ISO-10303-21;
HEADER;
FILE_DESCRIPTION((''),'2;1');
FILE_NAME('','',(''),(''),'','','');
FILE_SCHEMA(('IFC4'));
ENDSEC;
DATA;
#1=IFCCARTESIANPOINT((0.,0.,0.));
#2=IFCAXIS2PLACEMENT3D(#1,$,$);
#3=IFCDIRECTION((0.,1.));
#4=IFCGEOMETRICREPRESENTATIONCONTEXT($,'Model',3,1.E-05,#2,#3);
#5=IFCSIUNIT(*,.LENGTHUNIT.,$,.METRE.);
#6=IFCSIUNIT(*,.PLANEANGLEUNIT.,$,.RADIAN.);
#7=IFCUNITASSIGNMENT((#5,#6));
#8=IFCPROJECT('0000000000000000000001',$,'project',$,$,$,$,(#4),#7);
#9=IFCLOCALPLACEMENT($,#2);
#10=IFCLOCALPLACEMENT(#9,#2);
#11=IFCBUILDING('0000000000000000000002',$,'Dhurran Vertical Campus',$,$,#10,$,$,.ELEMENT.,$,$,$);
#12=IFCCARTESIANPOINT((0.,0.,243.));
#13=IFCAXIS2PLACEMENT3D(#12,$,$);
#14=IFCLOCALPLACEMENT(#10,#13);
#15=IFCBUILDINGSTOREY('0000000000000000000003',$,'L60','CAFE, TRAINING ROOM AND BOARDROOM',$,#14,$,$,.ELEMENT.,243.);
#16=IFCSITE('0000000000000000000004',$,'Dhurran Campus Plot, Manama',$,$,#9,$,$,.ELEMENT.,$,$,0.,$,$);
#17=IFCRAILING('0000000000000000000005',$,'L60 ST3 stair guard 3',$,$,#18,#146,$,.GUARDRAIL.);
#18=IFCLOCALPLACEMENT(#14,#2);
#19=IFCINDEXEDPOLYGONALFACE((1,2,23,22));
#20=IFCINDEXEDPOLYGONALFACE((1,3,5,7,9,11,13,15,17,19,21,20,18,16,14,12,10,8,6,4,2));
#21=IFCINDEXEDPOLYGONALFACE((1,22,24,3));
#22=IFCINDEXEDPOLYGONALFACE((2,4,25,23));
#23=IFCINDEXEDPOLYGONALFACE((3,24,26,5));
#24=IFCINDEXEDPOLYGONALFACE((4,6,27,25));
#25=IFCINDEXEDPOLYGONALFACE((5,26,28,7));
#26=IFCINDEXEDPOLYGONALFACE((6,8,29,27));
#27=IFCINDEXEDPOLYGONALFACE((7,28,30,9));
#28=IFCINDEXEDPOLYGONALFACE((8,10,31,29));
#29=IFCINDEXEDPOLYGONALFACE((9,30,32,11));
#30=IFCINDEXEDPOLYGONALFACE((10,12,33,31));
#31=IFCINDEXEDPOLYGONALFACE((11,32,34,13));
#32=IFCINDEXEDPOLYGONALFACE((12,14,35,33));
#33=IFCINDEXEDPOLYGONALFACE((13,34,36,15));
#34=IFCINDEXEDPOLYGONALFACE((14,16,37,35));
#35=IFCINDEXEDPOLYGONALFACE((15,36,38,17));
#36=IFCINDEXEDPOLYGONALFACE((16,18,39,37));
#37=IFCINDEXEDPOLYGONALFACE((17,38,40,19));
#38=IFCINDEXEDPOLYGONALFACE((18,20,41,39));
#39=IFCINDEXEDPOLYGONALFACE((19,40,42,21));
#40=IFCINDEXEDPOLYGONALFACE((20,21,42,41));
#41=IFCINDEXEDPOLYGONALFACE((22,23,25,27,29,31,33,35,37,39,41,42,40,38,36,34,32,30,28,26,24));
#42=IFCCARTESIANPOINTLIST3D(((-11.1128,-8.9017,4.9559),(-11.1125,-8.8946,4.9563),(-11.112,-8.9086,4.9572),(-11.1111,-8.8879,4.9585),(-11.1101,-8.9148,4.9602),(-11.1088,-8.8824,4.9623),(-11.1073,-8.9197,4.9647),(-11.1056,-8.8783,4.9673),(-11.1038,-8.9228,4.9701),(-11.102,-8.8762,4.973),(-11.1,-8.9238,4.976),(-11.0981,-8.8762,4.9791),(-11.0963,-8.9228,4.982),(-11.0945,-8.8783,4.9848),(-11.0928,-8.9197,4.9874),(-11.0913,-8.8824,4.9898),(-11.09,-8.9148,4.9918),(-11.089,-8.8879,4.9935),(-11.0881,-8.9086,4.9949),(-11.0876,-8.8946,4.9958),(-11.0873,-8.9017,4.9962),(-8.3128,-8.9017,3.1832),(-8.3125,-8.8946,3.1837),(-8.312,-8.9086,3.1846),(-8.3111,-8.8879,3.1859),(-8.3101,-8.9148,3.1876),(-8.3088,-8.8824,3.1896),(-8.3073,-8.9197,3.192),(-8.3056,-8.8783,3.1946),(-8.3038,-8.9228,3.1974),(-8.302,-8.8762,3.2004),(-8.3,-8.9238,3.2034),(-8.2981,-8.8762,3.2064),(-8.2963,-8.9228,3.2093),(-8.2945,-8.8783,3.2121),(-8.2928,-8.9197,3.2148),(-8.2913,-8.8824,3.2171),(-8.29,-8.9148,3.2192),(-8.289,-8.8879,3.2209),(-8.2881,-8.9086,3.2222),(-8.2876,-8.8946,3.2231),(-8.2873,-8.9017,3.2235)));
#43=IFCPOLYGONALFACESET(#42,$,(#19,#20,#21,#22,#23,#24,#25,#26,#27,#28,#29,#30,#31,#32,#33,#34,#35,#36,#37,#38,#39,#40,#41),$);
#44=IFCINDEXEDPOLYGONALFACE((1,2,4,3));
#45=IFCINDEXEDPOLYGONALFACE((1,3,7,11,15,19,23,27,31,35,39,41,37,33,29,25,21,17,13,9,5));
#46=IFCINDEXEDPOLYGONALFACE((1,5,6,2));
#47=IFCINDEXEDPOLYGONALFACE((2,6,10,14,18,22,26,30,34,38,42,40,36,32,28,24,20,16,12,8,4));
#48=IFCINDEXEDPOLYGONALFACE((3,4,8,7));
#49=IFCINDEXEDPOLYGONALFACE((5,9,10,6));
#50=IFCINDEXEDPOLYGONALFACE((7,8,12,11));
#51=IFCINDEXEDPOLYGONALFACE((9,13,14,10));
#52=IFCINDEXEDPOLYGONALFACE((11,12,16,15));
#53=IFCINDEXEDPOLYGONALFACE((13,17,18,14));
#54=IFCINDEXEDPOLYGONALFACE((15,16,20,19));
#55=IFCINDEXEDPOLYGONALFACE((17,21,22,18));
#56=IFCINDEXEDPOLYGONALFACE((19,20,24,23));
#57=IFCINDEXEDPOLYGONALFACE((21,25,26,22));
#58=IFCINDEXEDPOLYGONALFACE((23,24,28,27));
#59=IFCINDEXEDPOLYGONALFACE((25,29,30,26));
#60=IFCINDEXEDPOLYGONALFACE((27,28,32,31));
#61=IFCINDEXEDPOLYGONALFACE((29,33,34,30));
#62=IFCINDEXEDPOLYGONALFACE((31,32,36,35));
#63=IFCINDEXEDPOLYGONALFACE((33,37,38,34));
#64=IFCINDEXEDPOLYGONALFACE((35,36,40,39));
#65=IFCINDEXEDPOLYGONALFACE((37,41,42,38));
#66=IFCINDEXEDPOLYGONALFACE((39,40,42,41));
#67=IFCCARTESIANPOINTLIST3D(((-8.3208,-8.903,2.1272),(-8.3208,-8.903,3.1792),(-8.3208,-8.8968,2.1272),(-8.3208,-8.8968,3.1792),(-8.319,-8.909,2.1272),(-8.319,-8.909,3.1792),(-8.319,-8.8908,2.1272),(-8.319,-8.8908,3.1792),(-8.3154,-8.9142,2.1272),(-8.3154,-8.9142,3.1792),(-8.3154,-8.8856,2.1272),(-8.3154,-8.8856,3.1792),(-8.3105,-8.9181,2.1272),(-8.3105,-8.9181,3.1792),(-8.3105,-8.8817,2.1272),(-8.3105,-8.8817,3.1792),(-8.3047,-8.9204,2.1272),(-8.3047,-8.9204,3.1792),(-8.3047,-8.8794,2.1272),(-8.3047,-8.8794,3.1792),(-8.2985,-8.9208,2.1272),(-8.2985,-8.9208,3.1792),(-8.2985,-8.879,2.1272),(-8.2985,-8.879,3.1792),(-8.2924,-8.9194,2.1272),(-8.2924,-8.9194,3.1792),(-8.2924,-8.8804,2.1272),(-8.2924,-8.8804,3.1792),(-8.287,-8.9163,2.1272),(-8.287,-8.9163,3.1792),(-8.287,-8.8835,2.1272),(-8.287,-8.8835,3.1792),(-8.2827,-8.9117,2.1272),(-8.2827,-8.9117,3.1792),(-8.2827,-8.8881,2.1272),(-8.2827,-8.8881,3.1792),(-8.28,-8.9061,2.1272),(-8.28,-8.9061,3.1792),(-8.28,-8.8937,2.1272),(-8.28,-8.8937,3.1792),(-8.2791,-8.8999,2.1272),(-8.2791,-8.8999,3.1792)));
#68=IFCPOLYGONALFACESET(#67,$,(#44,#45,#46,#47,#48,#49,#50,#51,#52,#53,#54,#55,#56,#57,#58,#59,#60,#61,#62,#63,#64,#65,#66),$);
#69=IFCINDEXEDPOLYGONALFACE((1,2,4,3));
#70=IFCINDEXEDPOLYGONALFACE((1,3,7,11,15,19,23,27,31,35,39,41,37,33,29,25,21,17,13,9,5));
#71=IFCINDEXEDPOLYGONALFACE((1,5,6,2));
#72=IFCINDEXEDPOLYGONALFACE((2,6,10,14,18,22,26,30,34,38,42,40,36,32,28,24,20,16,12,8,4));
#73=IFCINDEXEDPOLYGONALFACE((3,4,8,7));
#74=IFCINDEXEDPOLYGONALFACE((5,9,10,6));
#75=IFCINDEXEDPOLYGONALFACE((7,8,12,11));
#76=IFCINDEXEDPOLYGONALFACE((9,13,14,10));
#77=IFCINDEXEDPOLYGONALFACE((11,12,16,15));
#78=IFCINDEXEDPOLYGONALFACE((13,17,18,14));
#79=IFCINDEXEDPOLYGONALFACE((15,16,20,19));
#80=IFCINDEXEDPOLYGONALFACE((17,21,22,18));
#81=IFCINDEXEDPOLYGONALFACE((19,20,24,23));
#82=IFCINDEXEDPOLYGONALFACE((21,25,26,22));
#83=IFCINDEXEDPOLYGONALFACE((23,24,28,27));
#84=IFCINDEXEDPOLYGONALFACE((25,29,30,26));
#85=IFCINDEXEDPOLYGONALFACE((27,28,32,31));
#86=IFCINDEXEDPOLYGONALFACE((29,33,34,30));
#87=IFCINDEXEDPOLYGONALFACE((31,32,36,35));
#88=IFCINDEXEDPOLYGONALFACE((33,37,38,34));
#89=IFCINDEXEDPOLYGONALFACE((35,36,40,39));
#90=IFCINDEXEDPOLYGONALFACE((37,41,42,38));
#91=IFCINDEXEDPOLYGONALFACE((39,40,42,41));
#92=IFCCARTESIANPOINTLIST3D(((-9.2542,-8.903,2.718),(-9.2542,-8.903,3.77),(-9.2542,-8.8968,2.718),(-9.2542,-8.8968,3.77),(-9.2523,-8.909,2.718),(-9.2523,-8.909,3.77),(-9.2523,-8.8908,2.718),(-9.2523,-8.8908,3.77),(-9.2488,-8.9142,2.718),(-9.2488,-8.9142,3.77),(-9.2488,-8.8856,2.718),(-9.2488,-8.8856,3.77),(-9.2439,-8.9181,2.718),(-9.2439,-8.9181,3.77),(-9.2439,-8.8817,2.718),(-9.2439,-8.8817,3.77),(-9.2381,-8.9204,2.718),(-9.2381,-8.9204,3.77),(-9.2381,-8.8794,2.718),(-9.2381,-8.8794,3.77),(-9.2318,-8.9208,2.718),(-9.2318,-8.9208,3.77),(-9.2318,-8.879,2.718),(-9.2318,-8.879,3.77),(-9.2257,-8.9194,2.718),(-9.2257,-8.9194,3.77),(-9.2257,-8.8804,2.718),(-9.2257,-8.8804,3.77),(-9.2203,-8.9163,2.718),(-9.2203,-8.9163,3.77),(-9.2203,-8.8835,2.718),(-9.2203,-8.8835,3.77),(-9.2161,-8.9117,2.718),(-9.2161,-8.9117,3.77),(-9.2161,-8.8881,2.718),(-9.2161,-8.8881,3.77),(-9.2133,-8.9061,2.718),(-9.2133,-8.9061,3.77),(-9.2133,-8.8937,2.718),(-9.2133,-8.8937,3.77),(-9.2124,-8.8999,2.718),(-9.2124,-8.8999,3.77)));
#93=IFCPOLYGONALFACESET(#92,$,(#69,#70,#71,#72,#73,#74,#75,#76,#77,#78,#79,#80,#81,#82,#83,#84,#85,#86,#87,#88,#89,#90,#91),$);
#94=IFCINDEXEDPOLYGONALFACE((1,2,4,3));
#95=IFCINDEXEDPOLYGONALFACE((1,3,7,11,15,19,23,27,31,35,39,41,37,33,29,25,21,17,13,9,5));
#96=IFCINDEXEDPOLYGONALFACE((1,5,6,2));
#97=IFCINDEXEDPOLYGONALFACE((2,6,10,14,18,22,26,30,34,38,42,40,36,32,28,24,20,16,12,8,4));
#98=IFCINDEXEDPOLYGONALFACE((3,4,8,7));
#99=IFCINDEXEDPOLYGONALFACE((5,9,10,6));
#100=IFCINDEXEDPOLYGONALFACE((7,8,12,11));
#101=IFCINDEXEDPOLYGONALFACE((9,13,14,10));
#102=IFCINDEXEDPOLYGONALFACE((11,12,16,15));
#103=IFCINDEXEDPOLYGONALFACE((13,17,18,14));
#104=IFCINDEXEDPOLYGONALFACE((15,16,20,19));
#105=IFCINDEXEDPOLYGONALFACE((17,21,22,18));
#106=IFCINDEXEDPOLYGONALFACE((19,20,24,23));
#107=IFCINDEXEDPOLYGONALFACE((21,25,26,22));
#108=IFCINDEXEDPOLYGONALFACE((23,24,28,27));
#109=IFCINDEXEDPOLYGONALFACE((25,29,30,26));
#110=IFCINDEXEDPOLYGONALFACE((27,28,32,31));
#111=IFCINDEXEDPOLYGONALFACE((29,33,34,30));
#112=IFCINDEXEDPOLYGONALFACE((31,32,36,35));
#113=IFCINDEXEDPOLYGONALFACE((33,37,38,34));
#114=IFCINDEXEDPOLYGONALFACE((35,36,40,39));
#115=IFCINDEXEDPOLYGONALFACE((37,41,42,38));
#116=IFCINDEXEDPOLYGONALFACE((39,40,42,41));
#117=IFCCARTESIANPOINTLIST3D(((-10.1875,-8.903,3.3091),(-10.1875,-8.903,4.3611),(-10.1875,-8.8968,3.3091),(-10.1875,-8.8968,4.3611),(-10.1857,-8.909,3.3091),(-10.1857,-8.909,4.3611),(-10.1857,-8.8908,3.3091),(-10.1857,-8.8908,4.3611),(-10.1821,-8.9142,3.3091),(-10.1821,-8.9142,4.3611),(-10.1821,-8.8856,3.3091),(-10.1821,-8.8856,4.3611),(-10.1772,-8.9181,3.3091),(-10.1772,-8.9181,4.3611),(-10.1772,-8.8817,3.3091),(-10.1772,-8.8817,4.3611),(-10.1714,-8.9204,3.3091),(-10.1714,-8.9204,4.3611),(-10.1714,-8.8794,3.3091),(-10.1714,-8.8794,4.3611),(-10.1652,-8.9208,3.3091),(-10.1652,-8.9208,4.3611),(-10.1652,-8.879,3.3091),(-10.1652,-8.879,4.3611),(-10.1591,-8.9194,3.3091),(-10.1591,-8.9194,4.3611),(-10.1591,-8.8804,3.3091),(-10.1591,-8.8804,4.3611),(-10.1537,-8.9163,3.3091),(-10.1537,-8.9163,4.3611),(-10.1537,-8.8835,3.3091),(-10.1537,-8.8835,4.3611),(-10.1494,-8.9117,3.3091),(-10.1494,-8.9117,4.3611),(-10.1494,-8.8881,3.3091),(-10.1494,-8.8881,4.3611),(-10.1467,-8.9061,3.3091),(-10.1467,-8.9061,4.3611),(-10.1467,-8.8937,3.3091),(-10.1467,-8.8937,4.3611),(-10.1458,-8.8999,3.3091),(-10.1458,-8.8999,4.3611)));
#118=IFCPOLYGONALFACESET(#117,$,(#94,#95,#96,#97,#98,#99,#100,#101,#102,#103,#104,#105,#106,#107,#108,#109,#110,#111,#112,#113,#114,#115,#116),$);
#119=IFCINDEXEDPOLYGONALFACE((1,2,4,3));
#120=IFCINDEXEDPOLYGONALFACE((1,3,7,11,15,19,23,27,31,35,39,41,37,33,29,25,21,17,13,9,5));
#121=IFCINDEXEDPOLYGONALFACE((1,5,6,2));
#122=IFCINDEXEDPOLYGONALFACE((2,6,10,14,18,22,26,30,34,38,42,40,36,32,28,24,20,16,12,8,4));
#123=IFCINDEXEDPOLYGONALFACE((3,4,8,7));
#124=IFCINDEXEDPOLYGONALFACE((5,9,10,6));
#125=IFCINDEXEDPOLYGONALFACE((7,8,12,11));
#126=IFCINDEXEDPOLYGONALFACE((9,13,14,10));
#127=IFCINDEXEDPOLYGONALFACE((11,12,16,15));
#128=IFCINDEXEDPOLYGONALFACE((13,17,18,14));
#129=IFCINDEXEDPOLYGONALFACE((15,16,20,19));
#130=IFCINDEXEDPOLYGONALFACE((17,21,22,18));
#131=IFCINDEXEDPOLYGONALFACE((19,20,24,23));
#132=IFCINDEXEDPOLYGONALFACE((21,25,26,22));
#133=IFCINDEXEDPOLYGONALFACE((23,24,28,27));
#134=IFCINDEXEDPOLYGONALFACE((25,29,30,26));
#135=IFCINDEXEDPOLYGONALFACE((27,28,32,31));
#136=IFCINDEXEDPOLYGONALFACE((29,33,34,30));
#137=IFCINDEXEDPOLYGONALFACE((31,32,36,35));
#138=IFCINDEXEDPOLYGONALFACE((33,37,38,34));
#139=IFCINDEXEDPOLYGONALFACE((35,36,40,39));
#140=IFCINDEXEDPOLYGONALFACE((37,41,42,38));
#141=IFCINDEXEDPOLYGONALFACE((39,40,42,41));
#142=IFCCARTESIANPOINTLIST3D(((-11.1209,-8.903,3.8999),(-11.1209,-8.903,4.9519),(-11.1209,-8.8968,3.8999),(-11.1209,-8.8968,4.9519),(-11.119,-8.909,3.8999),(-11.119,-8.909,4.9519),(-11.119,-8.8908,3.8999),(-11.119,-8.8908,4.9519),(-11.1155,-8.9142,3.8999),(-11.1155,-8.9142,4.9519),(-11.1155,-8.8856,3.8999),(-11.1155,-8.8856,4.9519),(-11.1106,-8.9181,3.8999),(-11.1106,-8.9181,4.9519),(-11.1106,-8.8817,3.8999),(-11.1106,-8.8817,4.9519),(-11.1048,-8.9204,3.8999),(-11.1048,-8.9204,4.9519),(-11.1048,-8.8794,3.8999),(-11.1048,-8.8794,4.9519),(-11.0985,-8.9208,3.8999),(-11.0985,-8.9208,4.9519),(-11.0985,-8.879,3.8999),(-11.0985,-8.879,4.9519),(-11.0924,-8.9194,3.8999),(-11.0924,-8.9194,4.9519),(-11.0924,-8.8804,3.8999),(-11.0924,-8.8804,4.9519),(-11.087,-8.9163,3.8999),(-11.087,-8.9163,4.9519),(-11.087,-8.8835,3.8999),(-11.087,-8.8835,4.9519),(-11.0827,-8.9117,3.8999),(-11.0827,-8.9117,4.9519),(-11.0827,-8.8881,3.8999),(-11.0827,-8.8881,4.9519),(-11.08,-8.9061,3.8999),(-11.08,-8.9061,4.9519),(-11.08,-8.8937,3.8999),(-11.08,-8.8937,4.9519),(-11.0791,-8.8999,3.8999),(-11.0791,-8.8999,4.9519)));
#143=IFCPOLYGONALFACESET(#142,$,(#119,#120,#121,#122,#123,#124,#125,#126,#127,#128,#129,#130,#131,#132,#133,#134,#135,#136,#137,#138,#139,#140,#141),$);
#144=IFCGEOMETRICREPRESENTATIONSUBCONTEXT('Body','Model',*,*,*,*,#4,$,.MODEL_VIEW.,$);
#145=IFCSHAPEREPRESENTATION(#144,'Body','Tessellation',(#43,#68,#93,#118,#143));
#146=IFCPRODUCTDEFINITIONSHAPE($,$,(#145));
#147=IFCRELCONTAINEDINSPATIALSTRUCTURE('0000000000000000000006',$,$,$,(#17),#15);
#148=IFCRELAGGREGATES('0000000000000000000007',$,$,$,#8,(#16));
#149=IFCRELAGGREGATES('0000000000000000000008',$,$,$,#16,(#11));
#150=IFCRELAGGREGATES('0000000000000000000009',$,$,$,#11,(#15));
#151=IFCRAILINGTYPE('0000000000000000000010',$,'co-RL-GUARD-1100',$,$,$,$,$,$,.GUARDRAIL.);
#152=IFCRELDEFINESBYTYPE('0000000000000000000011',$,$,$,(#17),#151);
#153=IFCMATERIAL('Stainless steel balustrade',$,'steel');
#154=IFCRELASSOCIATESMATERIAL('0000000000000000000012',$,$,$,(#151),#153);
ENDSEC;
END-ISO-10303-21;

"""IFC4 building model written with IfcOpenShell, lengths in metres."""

from ifc_helpers import new_model, si_unit, direction, frame, origin, origin_2d, place, context, subcontext, project, spatial, circle, extrude, material, type_object, element, save


model = new_model("IFC4")

# Units and contexts
model_context = context("Model", 3, precision=1e-05, world=origin(), true_north=direction((0.0, 1.0)))
body_context = subcontext(model_context, "Body", "Model", "MODEL_VIEW")
ifc_project = project(units=[si_unit("LENGTHUNIT", "METRE"), si_unit("PLANEANGLEUNIT", "RADIAN")], contexts=[model_context])

# Site, building, storey
site_placement = place(None, origin())
site = spatial("IfcSite", under=ifc_project, at=site_placement, Name="Dhurran Campus Plot, Manama", CompositionType="ELEMENT", RefElevation=0.0)
building_placement = place(site_placement, origin())
building = spatial("IfcBuilding", under=site, at=building_placement, Name="Dhurran Vertical Campus", CompositionType="ELEMENT")
storey_placement = place(building_placement, frame((0.0, 0.0, 243.0)))
storey = spatial("IfcBuildingStorey", under=building, at=storey_placement, Name="L60", Description="CAFE, TRAINING ROOM AND BOARDROOM", CompositionType="ELEMENT", Elevation=243.0)

# Railing
ifc_material_1 = material(Name="Stainless steel balustrade", Category="steel")
railing_type_1 = type_object("IfcRailingType", Name="co-RL-GUARD-1100", PredefinedType="GUARDRAIL", material=ifc_material_1)
railing_1_placement = place(storey_placement, frame((-8.3, -8.8999, 2.1272)))
element("IfcRailing", 1, at=railing_1_placement, inside=storey, type_object=railing_type_1, Name="L60 ST3 stair guard 3", PredefinedType="GUARDRAIL", context=body_context, shape_type="SweptSolid", body=[
    extrude(circle(Radius=0.0239, at=origin_2d()), frame((0.0, 0.0, 1.0762), z_axis=(-0.844909, 0.0, 0.53491), x_axis=(0.0, -1.0, 0.0)), (0.0, 0.0, 1.0), 3.314),
    extrude(circle(Radius=0.021, at=origin_2d()), origin(), (0.0, 0.0, 1.0), 1.052),
    extrude(circle(Radius=0.021, at=origin_2d()), frame((-0.9333, 0.0, 0.5908)), (0.0, 0.0, 1.0), 1.052),
    extrude(circle(Radius=0.021, at=origin_2d()), frame((-1.8667, 0.0, 1.1819)), (0.0, 0.0, 1.0), 1.052),
    extrude(circle(Radius=0.021, at=origin_2d()), frame((-2.8, 0.0, 1.7727)), (0.0, 0.0, 1.0), 1.052),
])

save(model, "model.ifc")
